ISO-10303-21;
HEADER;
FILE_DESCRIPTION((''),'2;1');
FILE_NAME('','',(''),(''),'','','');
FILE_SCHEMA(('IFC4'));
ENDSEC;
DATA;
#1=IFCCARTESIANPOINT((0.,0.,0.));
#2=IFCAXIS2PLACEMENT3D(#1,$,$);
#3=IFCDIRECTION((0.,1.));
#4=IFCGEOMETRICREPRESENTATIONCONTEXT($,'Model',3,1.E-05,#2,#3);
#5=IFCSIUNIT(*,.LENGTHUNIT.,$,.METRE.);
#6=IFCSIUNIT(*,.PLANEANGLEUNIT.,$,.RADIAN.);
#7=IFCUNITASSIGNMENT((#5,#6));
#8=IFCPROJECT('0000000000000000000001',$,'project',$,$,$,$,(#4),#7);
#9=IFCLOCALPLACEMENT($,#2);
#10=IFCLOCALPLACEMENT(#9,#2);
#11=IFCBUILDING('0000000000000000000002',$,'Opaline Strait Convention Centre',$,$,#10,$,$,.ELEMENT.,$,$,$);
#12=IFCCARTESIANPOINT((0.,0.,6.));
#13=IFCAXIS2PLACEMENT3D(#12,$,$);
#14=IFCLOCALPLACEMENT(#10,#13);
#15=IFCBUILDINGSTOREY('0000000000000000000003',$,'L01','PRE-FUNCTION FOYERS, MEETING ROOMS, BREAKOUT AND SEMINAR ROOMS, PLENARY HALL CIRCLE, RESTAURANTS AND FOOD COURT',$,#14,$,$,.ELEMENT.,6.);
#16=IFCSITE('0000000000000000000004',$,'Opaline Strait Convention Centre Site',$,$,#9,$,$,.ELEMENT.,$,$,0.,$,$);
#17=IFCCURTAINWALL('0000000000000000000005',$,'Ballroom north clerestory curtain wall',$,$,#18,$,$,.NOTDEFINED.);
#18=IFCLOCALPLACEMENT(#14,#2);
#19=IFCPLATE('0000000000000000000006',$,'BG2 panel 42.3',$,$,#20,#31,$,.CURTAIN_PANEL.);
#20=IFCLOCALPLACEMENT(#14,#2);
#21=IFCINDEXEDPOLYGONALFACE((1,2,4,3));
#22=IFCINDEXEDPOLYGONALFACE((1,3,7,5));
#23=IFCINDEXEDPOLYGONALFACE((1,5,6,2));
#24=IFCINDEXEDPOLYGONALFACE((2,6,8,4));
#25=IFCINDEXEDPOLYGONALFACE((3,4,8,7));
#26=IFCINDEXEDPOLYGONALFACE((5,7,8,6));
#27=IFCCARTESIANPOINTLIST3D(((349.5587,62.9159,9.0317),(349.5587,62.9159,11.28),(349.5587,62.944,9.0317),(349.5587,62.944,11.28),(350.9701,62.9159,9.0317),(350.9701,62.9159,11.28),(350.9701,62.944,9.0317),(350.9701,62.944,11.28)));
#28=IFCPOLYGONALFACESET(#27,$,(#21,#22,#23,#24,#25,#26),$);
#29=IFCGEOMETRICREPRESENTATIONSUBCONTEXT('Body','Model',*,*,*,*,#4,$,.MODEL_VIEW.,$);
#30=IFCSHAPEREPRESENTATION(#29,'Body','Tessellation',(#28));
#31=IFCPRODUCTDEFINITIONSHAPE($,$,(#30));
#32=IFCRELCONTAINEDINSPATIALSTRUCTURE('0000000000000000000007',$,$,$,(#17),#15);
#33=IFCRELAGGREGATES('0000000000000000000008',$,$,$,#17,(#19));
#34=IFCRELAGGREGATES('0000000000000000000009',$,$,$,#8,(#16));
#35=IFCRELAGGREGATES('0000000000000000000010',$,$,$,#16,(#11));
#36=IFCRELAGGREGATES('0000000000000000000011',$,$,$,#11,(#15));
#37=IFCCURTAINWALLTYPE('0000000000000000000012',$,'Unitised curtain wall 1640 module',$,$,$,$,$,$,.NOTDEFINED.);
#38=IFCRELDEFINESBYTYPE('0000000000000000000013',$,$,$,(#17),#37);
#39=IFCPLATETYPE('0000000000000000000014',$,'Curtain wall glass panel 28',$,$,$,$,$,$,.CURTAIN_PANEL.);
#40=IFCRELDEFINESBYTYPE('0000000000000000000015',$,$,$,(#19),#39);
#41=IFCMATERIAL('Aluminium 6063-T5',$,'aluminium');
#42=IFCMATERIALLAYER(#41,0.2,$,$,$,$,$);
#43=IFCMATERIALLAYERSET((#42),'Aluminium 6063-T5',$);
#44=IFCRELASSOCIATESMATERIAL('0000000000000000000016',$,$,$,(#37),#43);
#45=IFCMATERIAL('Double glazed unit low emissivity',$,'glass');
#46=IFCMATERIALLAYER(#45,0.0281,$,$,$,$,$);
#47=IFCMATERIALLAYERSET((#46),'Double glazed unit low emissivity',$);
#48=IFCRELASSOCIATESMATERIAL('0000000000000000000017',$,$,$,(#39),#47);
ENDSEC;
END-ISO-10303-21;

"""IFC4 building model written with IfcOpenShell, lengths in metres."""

from ifc_helpers import new_model, si_unit, direction, frame, origin, origin_2d, place, context, subcontext, project, spatial, rectangle, extrude, material, layer, layer_set, type_object, element, aggregate, save


model = new_model("IFC4")

# Units and contexts
model_context = context("Model", 3, precision=1e-05, world=origin(), true_north=direction((0.0, 1.0)))
body_context = subcontext(model_context, "Body", "Model", "MODEL_VIEW")
ifc_project = project(units=[si_unit("LENGTHUNIT", "METRE"), si_unit("PLANEANGLEUNIT", "RADIAN")], contexts=[model_context])

# Site, building, storey
site_placement = place(None, origin())
site = spatial("IfcSite", under=ifc_project, at=site_placement, Name="Opaline Strait Convention Centre Site", CompositionType="ELEMENT", RefElevation=0.0)
building_placement = place(site_placement, origin())
building = spatial("IfcBuilding", under=site, at=building_placement, Name="Opaline Strait Convention Centre", CompositionType="ELEMENT")
storey_placement = place(building_placement, frame((0.0, 0.0, 6.0)))
storey = spatial("IfcBuildingStorey", under=building, at=storey_placement, Name="L01", Description="PRE-FUNCTION FOYERS, MEETING ROOMS, BREAKOUT AND SEMINAR ROOMS, PLENARY HALL CIRCLE, RESTAURANTS AND FOOD COURT", CompositionType="ELEMENT", Elevation=6.0)

# Curtain wall, plate
ifc_material_1 = material(Name="Aluminium 6063-T5", Category="aluminium")
ifc_layer_1 = layer(ifc_material_1, 0.2)
ifc_layer_set_1 = layer_set([ifc_layer_1], Name="Aluminium 6063-T5")
curtain_wall_type = type_object("IfcCurtainWallType", Name="Unitised curtain wall 1640 module", PredefinedType="NOTDEFINED", material=ifc_layer_set_1)
curtain_wall_placement = place(storey_placement, origin())
curtain_wall = element("IfcCurtainWall", 1, at=curtain_wall_placement, inside=storey, type_object=curtain_wall_type, Name="Ballroom north clerestory curtain wall", PredefinedType="NOTDEFINED")
ifc_material_2 = material(Name="Double glazed unit low emissivity", Category="glass")
ifc_layer_2 = layer(ifc_material_2, 0.0281)
ifc_layer_set_2 = layer_set([ifc_layer_2], Name="Double glazed unit low emissivity")
plate_type = type_object("IfcPlateType", Name="Curtain wall glass panel 28", PredefinedType="CURTAIN_PANEL", material=ifc_layer_set_2)
plate_1_placement = place(storey_placement, frame((350.2644, 62.9299, 9.0317), z_axis=(0.0, 0.0, 1.0), x_axis=(1.0, 0.0, 0.0)))
plate_1 = element("IfcPlate", 2, at=plate_1_placement, type_object=plate_type, Name="BG2 panel 42.3", PredefinedType="CURTAIN_PANEL", context=body_context, shape_type="SweptSolid", body=[
    extrude(rectangle(XDim=1.4114, YDim=0.0281, at=origin_2d()), origin(), (0.0, 0.0, 1.0), 2.2483),
])
aggregate(curtain_wall, [plate_1])

save(model, "model.ifc")
